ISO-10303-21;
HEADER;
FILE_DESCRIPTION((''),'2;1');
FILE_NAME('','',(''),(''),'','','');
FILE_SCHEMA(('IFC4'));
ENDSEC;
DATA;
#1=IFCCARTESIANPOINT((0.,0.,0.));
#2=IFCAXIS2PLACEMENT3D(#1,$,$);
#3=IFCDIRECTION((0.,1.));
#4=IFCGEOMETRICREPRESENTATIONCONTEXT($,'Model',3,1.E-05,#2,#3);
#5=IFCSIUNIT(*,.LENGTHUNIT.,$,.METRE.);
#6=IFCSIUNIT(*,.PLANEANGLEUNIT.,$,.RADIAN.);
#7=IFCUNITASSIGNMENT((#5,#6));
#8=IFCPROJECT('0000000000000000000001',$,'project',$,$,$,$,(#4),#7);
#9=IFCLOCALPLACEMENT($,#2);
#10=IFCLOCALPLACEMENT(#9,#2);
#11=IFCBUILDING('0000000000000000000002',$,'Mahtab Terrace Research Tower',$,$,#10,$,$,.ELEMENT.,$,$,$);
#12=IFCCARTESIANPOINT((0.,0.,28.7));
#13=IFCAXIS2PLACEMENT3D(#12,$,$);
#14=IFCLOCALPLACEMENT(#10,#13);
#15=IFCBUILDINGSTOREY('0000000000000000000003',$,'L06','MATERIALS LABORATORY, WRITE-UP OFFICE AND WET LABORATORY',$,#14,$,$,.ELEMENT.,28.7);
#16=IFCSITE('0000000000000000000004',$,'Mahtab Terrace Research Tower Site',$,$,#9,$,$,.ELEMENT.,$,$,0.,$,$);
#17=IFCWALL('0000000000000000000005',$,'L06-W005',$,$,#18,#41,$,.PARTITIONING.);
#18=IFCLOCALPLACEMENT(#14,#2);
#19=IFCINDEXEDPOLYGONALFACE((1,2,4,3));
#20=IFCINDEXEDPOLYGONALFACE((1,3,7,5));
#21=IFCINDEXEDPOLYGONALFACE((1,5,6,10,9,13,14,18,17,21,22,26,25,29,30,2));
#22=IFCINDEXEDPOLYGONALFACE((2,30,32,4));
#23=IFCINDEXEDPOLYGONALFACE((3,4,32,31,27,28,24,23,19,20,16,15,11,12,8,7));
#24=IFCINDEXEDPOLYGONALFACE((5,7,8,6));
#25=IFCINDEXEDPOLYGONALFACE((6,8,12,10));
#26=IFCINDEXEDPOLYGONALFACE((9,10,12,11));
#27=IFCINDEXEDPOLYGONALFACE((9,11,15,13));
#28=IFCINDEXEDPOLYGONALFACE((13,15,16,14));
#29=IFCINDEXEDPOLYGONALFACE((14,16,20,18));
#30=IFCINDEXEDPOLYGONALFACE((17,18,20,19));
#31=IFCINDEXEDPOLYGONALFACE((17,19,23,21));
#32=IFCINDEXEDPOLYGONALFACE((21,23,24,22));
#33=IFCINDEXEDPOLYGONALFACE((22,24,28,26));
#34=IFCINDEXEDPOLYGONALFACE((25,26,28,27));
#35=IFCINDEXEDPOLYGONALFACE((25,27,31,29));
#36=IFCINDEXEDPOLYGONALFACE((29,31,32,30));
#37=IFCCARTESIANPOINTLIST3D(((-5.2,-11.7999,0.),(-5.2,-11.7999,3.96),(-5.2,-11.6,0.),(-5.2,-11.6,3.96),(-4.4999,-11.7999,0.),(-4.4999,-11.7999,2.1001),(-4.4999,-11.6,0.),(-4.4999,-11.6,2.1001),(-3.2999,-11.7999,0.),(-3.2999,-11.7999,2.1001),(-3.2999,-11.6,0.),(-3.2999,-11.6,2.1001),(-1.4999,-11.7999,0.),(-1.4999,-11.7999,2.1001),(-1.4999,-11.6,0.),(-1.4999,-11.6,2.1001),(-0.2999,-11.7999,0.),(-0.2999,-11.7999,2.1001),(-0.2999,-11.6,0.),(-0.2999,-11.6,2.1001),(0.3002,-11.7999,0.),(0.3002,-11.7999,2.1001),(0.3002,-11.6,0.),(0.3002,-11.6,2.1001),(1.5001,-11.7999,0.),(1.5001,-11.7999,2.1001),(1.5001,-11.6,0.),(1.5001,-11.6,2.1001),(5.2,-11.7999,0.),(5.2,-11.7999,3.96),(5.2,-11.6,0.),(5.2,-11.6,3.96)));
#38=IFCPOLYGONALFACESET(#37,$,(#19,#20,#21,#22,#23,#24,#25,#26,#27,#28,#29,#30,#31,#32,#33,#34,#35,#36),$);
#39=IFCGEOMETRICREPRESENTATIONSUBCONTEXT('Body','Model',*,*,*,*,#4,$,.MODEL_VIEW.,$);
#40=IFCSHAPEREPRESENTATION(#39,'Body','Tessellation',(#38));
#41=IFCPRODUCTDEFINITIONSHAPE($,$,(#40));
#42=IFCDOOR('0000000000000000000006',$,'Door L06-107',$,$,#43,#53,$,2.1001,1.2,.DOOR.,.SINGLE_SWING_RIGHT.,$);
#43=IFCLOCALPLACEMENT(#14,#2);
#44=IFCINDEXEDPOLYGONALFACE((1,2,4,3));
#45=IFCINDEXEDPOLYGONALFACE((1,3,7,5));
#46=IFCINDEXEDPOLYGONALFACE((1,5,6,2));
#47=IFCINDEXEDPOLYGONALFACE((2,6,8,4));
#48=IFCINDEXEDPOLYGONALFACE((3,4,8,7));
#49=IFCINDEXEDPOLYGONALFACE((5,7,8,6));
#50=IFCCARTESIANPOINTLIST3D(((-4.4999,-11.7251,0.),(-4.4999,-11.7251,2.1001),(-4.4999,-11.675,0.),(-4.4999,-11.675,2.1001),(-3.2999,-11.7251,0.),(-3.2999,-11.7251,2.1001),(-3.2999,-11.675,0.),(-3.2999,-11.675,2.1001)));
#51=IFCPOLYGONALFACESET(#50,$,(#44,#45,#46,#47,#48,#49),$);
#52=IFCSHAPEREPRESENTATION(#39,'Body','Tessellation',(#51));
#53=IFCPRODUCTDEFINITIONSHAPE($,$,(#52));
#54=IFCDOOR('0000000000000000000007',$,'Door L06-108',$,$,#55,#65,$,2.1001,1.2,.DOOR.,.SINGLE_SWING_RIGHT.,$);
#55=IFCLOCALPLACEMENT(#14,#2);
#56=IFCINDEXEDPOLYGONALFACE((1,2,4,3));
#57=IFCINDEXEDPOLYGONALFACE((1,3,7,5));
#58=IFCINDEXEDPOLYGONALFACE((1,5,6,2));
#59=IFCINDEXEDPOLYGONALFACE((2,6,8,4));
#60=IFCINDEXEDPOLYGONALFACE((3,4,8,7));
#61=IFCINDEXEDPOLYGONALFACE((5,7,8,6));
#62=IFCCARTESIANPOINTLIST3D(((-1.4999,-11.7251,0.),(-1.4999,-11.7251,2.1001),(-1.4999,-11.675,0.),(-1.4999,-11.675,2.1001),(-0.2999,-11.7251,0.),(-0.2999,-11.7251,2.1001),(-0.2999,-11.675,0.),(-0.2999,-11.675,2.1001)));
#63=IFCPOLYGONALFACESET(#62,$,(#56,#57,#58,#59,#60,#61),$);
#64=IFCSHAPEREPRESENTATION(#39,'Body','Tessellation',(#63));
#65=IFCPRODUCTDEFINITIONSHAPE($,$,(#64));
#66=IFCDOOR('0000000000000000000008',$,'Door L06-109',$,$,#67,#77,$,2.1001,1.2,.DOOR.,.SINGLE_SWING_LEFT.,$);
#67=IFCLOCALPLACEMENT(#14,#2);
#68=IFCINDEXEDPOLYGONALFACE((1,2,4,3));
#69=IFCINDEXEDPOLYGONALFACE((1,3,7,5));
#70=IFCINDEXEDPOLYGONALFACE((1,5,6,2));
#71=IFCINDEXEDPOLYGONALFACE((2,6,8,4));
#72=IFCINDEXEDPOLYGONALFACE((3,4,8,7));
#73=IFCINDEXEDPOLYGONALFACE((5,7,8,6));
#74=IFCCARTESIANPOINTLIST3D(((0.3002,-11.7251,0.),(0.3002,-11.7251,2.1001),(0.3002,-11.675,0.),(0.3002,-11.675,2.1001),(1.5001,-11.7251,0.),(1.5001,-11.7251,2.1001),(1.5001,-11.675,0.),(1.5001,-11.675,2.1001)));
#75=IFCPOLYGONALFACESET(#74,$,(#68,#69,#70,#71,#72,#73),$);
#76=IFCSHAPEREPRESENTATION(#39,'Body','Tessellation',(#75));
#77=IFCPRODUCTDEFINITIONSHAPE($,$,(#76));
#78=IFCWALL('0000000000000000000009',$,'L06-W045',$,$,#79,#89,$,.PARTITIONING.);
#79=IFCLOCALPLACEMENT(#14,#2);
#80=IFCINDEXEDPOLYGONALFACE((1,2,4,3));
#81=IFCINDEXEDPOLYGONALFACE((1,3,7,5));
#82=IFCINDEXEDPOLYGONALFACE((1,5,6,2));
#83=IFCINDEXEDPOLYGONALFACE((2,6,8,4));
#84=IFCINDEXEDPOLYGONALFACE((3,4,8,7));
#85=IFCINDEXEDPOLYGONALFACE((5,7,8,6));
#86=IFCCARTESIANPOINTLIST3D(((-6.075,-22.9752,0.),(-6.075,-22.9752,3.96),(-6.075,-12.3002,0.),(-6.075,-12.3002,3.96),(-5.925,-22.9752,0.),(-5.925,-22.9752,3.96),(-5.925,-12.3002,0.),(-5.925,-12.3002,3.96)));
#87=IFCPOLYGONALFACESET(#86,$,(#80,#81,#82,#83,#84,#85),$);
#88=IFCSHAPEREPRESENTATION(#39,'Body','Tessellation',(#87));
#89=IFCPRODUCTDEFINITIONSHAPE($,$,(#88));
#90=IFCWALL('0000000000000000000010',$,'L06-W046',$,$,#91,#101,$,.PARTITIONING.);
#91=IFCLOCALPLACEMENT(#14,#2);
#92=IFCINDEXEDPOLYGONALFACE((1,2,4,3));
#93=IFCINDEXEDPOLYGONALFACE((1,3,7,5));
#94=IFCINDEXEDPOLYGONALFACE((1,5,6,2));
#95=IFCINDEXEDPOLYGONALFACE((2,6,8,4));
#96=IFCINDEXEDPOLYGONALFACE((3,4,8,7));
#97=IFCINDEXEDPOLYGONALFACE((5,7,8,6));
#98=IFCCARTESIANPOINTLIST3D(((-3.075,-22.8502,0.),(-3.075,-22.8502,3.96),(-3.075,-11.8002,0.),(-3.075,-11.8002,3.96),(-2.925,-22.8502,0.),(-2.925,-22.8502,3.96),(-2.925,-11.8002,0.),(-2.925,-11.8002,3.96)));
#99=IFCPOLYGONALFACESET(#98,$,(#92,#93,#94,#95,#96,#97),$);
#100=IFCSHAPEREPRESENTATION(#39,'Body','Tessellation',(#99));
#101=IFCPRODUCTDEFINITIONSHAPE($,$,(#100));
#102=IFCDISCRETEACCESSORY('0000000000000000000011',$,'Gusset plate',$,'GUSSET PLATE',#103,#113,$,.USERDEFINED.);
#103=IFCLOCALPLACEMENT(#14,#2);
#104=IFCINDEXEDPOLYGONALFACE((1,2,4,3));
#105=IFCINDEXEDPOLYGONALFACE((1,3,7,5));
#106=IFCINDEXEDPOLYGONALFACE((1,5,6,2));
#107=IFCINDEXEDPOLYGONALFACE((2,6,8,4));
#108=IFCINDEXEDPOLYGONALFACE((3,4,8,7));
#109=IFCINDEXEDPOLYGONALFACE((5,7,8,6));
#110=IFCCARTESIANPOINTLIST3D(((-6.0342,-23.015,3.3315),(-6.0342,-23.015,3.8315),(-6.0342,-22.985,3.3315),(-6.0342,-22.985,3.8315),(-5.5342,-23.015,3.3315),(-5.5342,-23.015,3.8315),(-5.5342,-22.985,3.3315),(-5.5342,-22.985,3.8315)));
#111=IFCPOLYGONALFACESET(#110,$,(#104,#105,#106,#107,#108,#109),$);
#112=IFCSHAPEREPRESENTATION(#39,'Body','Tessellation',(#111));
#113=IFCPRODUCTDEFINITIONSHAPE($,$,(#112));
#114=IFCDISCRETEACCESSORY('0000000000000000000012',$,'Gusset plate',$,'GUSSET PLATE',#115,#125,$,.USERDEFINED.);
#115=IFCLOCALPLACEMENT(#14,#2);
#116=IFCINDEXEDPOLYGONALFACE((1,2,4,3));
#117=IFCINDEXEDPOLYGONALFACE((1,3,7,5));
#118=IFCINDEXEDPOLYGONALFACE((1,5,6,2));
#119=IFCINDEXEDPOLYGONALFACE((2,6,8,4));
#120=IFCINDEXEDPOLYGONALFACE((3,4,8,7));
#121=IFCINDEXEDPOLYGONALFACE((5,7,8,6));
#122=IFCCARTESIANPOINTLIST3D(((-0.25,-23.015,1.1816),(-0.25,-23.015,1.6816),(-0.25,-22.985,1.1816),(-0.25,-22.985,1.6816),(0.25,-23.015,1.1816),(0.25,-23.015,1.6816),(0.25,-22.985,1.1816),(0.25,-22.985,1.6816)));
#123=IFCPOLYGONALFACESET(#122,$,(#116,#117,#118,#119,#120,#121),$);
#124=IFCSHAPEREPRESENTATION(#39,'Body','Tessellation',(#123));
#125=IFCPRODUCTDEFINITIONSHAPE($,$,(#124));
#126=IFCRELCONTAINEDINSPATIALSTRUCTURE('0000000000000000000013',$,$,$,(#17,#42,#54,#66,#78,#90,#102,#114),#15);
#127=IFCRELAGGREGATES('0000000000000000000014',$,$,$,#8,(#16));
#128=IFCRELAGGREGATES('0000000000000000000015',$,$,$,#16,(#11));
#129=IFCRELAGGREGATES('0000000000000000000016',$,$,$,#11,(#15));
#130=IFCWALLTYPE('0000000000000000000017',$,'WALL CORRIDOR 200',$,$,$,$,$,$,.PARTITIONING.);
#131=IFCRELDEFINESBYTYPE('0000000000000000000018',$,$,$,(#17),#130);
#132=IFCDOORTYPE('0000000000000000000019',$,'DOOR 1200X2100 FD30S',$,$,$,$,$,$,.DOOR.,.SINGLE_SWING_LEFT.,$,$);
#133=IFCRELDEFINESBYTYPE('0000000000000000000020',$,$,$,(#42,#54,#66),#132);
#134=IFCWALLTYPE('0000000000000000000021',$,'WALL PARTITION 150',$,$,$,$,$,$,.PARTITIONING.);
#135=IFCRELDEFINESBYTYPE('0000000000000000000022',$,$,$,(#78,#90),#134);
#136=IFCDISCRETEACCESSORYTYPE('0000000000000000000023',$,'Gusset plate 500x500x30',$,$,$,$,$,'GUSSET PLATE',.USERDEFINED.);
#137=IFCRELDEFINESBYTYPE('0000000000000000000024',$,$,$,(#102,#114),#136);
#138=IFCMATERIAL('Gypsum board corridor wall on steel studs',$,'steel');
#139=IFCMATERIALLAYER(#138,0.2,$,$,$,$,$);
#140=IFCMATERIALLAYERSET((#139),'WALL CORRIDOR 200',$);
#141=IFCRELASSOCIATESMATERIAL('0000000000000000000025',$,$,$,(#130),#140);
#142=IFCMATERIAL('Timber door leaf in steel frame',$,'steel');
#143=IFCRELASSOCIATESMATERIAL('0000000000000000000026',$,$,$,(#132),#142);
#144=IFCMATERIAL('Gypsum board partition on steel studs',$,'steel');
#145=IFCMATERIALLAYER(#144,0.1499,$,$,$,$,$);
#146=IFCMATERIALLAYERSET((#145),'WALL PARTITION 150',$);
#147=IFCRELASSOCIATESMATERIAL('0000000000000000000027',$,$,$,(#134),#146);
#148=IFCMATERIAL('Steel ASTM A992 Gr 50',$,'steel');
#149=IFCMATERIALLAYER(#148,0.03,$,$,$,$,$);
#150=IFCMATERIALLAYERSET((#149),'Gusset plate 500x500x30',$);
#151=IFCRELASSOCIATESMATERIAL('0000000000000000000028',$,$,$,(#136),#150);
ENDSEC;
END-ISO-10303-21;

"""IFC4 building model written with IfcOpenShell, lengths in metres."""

from ifc_helpers import new_model, si_unit, direction, frame, frame_2d, origin, origin_2d, place, context, subcontext, project, spatial, rectangle, extrude, material, layer, layer_set, type_object, element, fill, save


model = new_model("IFC4")

# Units and contexts
model_context = context("Model", 3, precision=1e-05, world=origin(), true_north=direction((0.0, 1.0)))
body_context = subcontext(model_context, "Body", "Model", "MODEL_VIEW")
ifc_project = project(units=[si_unit("LENGTHUNIT", "METRE"), si_unit("PLANEANGLEUNIT", "RADIAN")], contexts=[model_context])

# Site, building, storey
site_placement = place(None, origin())
site = spatial("IfcSite", under=ifc_project, at=site_placement, Name="Mahtab Terrace Research Tower Site", CompositionType="ELEMENT", RefElevation=0.0)
building_placement = place(site_placement, origin())
building = spatial("IfcBuilding", under=site, at=building_placement, Name="Mahtab Terrace Research Tower", CompositionType="ELEMENT")
storey_placement = place(building_placement, frame((0.0, 0.0, 28.7)))
storey = spatial("IfcBuildingStorey", under=building, at=storey_placement, Name="L06", Description="MATERIALS LABORATORY, WRITE-UP OFFICE AND WET LABORATORY", CompositionType="ELEMENT", Elevation=28.7)

# Shared definitions
ifc_material_1 = material(Name="Steel ASTM A992 Gr 50", Category="steel")

# Wall, openings, doors
ifc_material_2 = material(Name="Gypsum board corridor wall on steel studs", Category="steel")
ifc_layer_1 = layer(ifc_material_2, 0.2)
ifc_layer_set_1 = layer_set([ifc_layer_1], Name="WALL CORRIDOR 200")
wall_type_1 = type_object("IfcWallType", Name="WALL CORRIDOR 200", PredefinedType="PARTITIONING", material=ifc_layer_set_1)
wall_1_placement = place(storey_placement, frame((-5.2, -11.7, 0.0), z_axis=(0.0, 0.0, 1.0), x_axis=(1.0, 0.0, 0.0)))
wall_1 = element("IfcWall", 1, at=wall_1_placement, inside=storey, type_object=wall_type_1, Name="L06-W005", PredefinedType="PARTITIONING", context=body_context, shape_type="SweptSolid", body=[
    extrude(rectangle(XDim=10.3999, YDim=0.2, at=frame_2d((5.2, 0.0))), origin(), (0.0, 0.0, 1.0), 3.96),
])
opening_1_placement = place(wall_1_placement, frame((0.7, 0.0, 0.0)))
opening_1 = element("IfcOpeningElement", 2, at=opening_1_placement, cuts=wall_1, PredefinedType="OPENING", context=body_context, shape_type="SweptSolid", body=[
    extrude(rectangle(XDim=1.2, YDim=2.1001, at=frame_2d((0.6001, 1.05))), frame((0.0, 0.1099, 0.0), z_axis=(0.0, -1.0, 0.0), x_axis=(1.0, 0.0, 0.0)), (0.0, 0.0, 1.0), 0.22),
])
opening_2_placement = place(wall_1_placement, frame((3.7, 0.0, 0.0)))
opening_2 = element("IfcOpeningElement", 3, at=opening_2_placement, cuts=wall_1, PredefinedType="OPENING", context=body_context, shape_type="SweptSolid", body=[
    extrude(rectangle(XDim=1.2, YDim=2.1001, at=frame_2d((0.6001, 1.05))), frame((0.0, 0.1099, 0.0), z_axis=(0.0, -1.0, 0.0), x_axis=(1.0, 0.0, 0.0)), (0.0, 0.0, 1.0), 0.22),
])
opening_3_placement = place(wall_1_placement, frame((5.5, 0.0, 0.0)))
opening_3 = element("IfcOpeningElement", 4, at=opening_3_placement, cuts=wall_1, PredefinedType="OPENING", context=body_context, shape_type="SweptSolid", body=[
    extrude(rectangle(XDim=1.2, YDim=2.1001, at=frame_2d((0.6001, 1.05))), frame((0.0, 0.1099, 0.0), z_axis=(0.0, -1.0, 0.0), x_axis=(1.0, 0.0, 0.0)), (0.0, 0.0, 1.0), 0.22),
])
ifc_material_3 = material(Name="Timber door leaf in steel frame", Category="steel")
door_type = type_object("IfcDoorType", Name="DOOR 1200X2100 FD30S", OperationType="SINGLE_SWING_LEFT", PredefinedType="DOOR", material=ifc_material_3)
door_1_placement = place(opening_1_placement, origin())
door_1 = element("IfcDoor", 5, at=door_1_placement, inside=storey, type_object=door_type, Name="Door L06-107", OperationType="SINGLE_SWING_RIGHT", OverallHeight=2.1001, OverallWidth=1.2, PredefinedType="DOOR", context=body_context, shape_type="SweptSolid", body=[
    extrude(rectangle(XDim=1.2, YDim=2.1001, at=frame_2d((0.6001, 1.05))), frame((0.0, 0.0249, 0.0), z_axis=(0.0, -1.0, 0.0), x_axis=(1.0, 0.0, 0.0)), (0.0, 0.0, 1.0), 0.05),
])
fill(opening_1, door_1)
door_2_placement = place(opening_2_placement, origin())
door_2 = element("IfcDoor", 6, at=door_2_placement, inside=storey, type_object=door_type, Name="Door L06-108", OperationType="SINGLE_SWING_RIGHT", OverallHeight=2.1001, OverallWidth=1.2, PredefinedType="DOOR", context=body_context, shape_type="SweptSolid", body=[
    extrude(rectangle(XDim=1.2, YDim=2.1001, at=frame_2d((0.6001, 1.05))), frame((0.0, 0.0249, 0.0), z_axis=(0.0, -1.0, 0.0), x_axis=(1.0, 0.0, 0.0)), (0.0, 0.0, 1.0), 0.05),
])
fill(opening_2, door_2)
door_3_placement = place(opening_3_placement, origin())
door_3 = element("IfcDoor", 7, at=door_3_placement, inside=storey, type_object=door_type, Name="Door L06-109", OperationType="SINGLE_SWING_LEFT", OverallHeight=2.1001, OverallWidth=1.2, PredefinedType="DOOR", context=body_context, shape_type="SweptSolid", body=[
    extrude(rectangle(XDim=1.2, YDim=2.1001, at=frame_2d((0.6001, 1.05))), frame((0.0, 0.0249, 0.0), z_axis=(0.0, -1.0, 0.0), x_axis=(1.0, 0.0, 0.0)), (0.0, 0.0, 1.0), 0.05),
])
fill(opening_3, door_3)

# Walls
ifc_material_4 = material(Name="Gypsum board partition on steel studs", Category="steel")
ifc_layer_2 = layer(ifc_material_4, 0.1499)
ifc_layer_set_2 = layer_set([ifc_layer_2], Name="WALL PARTITION 150")
wall_type_2 = type_object("IfcWallType", Name="WALL PARTITION 150", PredefinedType="PARTITIONING", material=ifc_layer_set_2)
wall_2_placement = place(storey_placement, frame((-6.0, -22.9751, 0.0), z_axis=(0.0, 0.0, 1.0), x_axis=(0.0, 1.0, 0.0)))
element("IfcWall", 8, at=wall_2_placement, inside=storey, type_object=wall_type_2, Name="L06-W045", PredefinedType="PARTITIONING", context=body_context, shape_type="SweptSolid", body=[
    extrude(rectangle(XDim=10.675, YDim=0.1499, at=frame_2d((5.3374, 0.0))), origin(), (0.0, 0.0, 1.0), 3.96),
])
wall_3_placement = place(storey_placement, frame((-3.0, -22.8501, 0.0), z_axis=(0.0, 0.0, 1.0), x_axis=(0.0, 1.0, 0.0)))
element("IfcWall", 9, at=wall_3_placement, inside=storey, type_object=wall_type_2, Name="L06-W046", PredefinedType="PARTITIONING", context=body_context, shape_type="SweptSolid", body=[
    extrude(rectangle(XDim=11.05, YDim=0.1499, at=frame_2d((5.5249, 0.0))), origin(), (0.0, 0.0, 1.0), 3.96),
])

# Discrete accessories
ifc_layer_3 = layer(ifc_material_1, 0.03)
ifc_layer_set_3 = layer_set([ifc_layer_3], Name="Gusset plate 500x500x30")
discrete_accessory_type = type_object("IfcDiscreteAccessoryType", Name="Gusset plate 500x500x30", ElementType="GUSSET PLATE", PredefinedType="USERDEFINED", material=ifc_layer_set_3)
for number, where, z_axis, x_axis, name in (
    (10, (-5.7842, -23.0, 3.3315), (0.0, 0.0, 1.0), (1.0, 0.0, 0.0), "Gusset plate"),
    (11, (0.0, -23.0, 1.1816), (0.0, 0.0, 1.0), (1.0, 0.0, 0.0), "Gusset plate"),
):
    element("IfcDiscreteAccessory", number, at=place(storey_placement, frame(where, z_axis=z_axis, x_axis=x_axis)), inside=storey, type_object=discrete_accessory_type, Name=name, ObjectType="GUSSET PLATE", PredefinedType="USERDEFINED", context=body_context, shape_type="SweptSolid", body=[
        extrude(rectangle(XDim=0.5, YDim=0.03, at=origin_2d()), origin(), (0.0, 0.0, 1.0), 0.5),
    ])

save(model, "model.ifc")
